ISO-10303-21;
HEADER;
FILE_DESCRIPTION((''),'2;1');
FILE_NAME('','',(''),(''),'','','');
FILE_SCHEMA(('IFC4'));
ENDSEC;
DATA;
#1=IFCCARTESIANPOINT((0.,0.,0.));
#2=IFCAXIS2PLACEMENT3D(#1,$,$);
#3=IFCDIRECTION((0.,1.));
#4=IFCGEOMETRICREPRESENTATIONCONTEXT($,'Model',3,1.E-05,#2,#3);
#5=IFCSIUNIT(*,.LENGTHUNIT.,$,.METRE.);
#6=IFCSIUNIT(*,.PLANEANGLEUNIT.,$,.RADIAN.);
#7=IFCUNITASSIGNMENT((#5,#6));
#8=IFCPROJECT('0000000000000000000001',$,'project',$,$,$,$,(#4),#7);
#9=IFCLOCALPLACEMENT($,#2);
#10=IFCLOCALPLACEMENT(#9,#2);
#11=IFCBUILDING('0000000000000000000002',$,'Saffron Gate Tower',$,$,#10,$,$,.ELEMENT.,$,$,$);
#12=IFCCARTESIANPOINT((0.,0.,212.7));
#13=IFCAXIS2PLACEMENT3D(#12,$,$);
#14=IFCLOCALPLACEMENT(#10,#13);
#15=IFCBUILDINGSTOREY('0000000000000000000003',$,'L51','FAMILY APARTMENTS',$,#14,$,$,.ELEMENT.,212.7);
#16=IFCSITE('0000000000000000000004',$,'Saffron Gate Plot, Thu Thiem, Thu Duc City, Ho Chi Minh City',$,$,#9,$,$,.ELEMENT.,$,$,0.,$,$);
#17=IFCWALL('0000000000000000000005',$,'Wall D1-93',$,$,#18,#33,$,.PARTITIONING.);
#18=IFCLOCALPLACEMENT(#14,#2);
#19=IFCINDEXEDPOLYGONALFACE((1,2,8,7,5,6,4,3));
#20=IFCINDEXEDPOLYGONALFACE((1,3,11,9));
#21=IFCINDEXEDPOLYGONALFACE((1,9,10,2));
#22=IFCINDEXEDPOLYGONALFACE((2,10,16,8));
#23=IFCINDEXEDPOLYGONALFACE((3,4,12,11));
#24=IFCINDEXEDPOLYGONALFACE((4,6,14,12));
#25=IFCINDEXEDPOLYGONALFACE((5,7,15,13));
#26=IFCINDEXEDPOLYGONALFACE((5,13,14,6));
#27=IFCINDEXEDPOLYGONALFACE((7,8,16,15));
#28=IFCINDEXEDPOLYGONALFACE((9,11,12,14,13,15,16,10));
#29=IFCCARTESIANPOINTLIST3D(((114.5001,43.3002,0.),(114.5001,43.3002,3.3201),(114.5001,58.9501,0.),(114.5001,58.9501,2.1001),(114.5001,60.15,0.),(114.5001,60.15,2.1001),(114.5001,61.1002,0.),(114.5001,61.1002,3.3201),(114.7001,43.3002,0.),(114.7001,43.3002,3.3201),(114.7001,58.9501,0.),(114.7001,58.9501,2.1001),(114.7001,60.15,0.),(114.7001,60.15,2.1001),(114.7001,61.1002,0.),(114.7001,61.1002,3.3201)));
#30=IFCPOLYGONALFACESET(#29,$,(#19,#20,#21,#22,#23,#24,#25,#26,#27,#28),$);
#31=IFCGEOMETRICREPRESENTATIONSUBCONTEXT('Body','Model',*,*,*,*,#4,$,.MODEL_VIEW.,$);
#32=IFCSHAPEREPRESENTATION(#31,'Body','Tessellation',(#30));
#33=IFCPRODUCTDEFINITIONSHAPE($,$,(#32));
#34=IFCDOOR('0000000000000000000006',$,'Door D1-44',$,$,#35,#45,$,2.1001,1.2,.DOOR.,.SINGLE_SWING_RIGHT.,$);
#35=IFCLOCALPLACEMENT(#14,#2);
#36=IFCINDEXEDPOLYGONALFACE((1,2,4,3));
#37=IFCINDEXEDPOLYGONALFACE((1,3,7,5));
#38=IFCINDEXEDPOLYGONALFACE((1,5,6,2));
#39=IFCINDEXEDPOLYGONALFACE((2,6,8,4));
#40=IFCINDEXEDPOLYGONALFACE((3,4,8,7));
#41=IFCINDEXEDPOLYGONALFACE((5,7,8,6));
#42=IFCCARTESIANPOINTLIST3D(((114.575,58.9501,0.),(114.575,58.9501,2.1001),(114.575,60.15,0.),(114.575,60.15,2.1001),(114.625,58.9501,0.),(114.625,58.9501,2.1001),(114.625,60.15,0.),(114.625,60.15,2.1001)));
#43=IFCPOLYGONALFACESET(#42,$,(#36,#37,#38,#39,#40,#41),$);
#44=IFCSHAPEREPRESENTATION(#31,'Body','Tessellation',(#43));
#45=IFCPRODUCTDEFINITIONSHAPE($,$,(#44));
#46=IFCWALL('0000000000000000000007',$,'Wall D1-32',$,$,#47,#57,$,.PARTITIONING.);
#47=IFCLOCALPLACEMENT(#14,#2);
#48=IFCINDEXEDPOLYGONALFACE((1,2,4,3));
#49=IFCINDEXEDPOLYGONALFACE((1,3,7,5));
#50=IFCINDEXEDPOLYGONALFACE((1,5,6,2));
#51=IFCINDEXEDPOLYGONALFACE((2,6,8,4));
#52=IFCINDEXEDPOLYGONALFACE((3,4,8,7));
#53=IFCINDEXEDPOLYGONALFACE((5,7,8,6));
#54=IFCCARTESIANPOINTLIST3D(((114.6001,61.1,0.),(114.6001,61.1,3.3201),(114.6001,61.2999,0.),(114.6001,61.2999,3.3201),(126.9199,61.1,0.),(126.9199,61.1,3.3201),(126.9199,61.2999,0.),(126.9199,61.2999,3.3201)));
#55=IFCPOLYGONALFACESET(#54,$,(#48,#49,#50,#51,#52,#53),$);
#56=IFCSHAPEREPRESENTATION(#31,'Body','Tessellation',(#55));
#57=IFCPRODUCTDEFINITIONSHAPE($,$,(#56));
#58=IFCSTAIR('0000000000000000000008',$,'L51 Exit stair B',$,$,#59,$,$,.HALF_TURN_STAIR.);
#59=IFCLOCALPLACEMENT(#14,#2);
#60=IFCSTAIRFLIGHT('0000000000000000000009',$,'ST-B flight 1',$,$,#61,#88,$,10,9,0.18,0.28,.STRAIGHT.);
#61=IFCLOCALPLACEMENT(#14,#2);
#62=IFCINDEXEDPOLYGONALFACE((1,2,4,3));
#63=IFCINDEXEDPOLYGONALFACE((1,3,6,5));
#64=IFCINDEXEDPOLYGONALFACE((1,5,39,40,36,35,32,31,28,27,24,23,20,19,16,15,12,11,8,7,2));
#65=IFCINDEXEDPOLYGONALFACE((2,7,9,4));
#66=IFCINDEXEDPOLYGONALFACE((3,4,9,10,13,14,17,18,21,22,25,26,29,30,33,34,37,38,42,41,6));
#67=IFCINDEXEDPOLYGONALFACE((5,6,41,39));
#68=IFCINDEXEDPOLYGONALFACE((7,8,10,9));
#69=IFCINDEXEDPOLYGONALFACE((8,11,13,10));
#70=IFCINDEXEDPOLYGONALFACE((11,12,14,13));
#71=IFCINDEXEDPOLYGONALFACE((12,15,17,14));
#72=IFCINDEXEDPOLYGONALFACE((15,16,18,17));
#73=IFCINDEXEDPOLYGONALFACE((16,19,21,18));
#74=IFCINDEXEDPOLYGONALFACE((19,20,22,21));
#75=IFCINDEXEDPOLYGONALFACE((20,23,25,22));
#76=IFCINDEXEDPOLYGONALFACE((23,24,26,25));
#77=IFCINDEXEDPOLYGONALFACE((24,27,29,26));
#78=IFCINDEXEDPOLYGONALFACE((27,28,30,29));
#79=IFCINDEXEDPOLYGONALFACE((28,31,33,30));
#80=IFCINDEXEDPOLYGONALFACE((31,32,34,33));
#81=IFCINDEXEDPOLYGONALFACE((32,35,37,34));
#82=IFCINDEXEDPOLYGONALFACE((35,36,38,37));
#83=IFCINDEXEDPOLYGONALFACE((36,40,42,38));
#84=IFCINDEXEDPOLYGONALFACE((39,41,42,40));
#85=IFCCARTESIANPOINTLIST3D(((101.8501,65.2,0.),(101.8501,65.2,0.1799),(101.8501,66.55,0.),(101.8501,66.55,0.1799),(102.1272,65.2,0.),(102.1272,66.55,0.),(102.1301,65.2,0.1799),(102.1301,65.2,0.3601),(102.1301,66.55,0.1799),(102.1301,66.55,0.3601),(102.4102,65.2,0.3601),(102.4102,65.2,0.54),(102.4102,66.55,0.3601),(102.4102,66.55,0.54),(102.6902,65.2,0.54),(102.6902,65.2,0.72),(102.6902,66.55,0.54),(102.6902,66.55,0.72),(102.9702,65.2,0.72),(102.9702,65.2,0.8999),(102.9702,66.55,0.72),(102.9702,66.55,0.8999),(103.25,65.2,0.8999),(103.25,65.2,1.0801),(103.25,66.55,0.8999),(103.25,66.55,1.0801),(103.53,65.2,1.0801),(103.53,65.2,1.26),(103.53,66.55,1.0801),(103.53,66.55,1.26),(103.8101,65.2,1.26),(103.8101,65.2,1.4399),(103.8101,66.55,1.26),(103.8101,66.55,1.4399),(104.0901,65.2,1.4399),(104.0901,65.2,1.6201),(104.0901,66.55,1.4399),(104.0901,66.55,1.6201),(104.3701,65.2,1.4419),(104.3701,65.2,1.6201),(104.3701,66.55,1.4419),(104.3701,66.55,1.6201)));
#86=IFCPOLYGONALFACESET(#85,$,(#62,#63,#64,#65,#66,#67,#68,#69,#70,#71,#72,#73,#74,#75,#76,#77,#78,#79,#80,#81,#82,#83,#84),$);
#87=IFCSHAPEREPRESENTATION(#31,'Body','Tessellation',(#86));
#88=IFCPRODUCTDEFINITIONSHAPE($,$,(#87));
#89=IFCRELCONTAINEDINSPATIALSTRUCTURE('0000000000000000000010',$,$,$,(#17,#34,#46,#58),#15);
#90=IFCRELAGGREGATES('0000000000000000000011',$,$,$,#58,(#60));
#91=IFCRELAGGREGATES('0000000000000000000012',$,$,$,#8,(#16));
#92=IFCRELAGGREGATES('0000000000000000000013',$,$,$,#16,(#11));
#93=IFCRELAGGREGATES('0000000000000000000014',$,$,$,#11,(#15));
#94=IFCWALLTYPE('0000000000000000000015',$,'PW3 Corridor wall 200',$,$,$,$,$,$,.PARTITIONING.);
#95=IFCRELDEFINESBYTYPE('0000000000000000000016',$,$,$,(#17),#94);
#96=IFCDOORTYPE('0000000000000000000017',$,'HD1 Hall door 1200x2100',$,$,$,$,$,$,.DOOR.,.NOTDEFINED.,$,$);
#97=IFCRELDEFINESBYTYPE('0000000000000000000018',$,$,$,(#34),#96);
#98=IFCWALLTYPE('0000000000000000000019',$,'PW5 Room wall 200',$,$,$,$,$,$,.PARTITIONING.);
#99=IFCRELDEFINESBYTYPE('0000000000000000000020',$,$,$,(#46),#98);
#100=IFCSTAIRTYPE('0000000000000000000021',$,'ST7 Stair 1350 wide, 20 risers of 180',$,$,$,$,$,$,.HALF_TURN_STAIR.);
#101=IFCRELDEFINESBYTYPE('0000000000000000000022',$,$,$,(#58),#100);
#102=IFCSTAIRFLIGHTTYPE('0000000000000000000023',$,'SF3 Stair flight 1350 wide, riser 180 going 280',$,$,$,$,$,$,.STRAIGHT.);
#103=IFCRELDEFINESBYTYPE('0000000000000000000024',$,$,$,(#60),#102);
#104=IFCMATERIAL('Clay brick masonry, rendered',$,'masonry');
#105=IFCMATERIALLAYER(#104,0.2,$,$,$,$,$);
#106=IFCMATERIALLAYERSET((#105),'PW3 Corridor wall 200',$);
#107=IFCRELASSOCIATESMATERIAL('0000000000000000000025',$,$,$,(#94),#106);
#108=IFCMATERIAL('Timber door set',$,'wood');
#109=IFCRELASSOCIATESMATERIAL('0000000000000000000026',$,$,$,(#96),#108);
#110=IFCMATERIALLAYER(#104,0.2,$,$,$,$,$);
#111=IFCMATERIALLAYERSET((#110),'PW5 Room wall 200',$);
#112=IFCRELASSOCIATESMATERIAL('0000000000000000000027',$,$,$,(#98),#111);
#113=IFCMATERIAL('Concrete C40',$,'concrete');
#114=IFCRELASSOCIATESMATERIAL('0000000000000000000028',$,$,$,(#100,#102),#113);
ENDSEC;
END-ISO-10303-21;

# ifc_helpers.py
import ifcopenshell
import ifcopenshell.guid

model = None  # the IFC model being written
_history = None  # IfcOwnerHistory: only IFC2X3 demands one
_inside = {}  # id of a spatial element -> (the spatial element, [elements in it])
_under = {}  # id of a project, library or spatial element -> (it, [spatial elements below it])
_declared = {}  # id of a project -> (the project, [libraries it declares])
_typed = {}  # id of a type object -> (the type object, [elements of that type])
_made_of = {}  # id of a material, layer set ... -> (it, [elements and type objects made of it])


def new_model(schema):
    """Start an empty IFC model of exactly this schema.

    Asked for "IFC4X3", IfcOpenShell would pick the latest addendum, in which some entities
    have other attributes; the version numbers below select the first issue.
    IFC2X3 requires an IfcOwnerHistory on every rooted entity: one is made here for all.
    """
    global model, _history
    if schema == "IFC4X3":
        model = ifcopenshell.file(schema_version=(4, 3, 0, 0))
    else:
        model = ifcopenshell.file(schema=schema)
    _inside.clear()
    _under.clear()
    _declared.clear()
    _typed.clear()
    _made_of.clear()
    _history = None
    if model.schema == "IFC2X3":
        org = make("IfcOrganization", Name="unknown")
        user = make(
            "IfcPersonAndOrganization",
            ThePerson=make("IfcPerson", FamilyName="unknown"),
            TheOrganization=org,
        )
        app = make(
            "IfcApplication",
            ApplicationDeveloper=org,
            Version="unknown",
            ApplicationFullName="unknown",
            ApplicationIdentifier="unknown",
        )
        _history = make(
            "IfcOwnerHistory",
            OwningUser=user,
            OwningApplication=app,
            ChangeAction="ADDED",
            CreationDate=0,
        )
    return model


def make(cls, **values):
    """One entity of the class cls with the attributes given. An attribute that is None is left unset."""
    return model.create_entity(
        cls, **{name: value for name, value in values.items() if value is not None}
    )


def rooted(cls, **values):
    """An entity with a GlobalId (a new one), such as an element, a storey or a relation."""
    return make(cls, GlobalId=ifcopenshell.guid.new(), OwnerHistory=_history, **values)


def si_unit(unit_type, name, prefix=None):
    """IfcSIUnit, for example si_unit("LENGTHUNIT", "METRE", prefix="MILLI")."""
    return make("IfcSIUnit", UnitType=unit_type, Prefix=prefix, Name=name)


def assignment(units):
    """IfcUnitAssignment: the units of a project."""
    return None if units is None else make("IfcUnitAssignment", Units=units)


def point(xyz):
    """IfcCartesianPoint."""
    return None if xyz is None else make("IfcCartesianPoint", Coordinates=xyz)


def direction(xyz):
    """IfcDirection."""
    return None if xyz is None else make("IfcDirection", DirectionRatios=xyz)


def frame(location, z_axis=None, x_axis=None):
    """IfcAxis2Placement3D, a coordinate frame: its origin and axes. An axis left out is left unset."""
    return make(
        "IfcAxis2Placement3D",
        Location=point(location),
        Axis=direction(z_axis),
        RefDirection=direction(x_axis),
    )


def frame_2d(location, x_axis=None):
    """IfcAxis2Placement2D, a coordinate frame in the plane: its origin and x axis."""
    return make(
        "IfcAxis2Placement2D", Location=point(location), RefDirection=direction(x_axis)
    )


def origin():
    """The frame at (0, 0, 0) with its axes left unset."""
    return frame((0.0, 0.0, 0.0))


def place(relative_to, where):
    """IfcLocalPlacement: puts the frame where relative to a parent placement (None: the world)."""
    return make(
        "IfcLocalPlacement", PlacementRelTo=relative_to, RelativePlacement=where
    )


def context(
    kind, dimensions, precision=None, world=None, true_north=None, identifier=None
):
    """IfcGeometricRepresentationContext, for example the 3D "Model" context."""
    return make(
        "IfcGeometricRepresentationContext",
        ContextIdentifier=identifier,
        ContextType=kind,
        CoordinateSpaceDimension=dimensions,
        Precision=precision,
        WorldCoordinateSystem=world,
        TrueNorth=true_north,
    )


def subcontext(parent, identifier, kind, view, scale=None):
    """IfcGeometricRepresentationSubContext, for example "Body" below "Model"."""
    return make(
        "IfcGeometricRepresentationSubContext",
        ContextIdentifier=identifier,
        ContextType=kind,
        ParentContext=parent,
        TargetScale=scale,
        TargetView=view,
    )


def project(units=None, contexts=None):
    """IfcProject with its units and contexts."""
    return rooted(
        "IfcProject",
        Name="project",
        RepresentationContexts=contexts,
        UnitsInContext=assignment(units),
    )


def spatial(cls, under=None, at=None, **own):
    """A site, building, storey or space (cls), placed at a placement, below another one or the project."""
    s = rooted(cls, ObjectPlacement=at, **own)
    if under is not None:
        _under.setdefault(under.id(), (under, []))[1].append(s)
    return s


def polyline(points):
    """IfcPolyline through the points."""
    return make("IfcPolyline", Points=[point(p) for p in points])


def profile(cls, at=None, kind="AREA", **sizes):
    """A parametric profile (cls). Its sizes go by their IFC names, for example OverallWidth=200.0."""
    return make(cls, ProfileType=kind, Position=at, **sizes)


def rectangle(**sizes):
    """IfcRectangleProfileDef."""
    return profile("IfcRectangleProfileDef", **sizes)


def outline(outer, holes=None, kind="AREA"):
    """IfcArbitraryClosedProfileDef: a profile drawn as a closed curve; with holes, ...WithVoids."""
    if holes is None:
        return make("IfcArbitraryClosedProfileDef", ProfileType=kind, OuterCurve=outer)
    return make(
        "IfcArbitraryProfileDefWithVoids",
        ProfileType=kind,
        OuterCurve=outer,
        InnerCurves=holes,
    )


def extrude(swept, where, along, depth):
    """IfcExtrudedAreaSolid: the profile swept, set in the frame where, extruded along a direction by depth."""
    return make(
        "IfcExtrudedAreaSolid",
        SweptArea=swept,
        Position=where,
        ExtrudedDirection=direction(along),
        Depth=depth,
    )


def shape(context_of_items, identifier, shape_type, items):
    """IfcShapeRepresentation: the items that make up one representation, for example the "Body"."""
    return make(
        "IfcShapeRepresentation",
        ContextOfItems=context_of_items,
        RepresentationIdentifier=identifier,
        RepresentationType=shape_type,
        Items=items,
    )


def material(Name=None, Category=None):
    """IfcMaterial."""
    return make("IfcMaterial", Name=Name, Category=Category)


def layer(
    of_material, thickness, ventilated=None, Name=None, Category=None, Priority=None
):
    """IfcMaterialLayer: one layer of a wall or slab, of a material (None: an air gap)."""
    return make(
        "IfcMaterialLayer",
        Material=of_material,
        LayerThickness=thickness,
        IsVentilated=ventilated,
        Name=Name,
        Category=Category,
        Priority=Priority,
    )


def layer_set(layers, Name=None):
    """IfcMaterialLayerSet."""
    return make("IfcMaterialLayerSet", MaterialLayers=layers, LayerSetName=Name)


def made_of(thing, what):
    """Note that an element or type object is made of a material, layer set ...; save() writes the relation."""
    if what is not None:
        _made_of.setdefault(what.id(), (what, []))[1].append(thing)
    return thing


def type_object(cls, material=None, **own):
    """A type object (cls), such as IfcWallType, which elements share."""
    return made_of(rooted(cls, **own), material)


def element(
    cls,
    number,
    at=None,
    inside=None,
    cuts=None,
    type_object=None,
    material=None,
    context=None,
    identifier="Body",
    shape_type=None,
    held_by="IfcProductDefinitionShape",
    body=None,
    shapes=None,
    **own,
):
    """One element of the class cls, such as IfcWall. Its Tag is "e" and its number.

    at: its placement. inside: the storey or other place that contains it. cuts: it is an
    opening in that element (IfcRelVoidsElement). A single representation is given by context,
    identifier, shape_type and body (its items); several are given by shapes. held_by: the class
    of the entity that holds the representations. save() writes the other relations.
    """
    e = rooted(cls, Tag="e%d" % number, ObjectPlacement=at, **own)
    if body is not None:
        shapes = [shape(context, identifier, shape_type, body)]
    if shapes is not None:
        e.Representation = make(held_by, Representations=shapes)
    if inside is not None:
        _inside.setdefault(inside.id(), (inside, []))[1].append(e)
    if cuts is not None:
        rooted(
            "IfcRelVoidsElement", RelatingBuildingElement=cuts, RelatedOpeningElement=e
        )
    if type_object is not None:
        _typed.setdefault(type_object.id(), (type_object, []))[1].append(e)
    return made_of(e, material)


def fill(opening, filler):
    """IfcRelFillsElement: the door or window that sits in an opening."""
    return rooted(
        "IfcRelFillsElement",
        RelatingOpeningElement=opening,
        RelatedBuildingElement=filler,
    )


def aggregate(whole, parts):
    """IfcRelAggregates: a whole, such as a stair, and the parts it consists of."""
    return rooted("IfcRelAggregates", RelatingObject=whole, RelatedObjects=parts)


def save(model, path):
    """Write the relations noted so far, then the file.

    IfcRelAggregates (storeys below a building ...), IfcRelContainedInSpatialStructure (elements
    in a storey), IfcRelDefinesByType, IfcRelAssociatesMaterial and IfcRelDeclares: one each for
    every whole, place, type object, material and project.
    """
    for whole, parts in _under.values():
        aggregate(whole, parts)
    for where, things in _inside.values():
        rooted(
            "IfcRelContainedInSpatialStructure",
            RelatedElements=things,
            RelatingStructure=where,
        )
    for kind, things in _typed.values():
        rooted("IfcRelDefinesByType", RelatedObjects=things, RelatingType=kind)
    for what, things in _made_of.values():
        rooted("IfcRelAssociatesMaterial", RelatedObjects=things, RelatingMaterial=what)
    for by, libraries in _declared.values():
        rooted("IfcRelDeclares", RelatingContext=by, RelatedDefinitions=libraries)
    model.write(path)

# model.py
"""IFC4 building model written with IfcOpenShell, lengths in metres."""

from ifc_helpers import new_model, si_unit, direction, frame, frame_2d, origin, place, context, subcontext, project, spatial, polyline, rectangle, outline, extrude, material, layer, layer_set, type_object, element, fill, aggregate, save


model = new_model("IFC4")

# Units and contexts
model_context = context("Model", 3, precision=1e-05, world=origin(), true_north=direction((0.0, 1.0)))
body_context = subcontext(model_context, "Body", "Model", "MODEL_VIEW")
ifc_project = project(units=[si_unit("LENGTHUNIT", "METRE"), si_unit("PLANEANGLEUNIT", "RADIAN")], contexts=[model_context])

# Site, building, storey
site_placement = place(None, origin())
site = spatial("IfcSite", under=ifc_project, at=site_placement, Name="Saffron Gate Plot, Thu Thiem, Thu Duc City, Ho Chi Minh City", CompositionType="ELEMENT", RefElevation=0.0)
building_placement = place(site_placement, origin())
building = spatial("IfcBuilding", under=site, at=building_placement, Name="Saffron Gate Tower", CompositionType="ELEMENT")
storey_placement = place(building_placement, frame((0.0, 0.0, 212.7)))
storey = spatial("IfcBuildingStorey", under=building, at=storey_placement, Name="L51", Description="FAMILY APARTMENTS", CompositionType="ELEMENT", Elevation=212.7)

# Shared definitions
ifc_material_1 = material(Name="Timber door set", Category="wood")

# Shared definitions
ifc_material_2 = material(Name="Clay brick masonry, rendered", Category="masonry")
ifc_layer_1 = layer(ifc_material_2, 0.2)
ifc_layer_set_1 = layer_set([ifc_layer_1], Name="PW3 Corridor wall 200")
wall_type_1 = type_object("IfcWallType", Name="PW3 Corridor wall 200", PredefinedType="PARTITIONING", material=ifc_layer_set_1)

# Wall, opening, door
wall_1_placement = place(storey_placement, frame((114.6001, 61.1001, 0.0), z_axis=(0.0, 0.0, 1.0), x_axis=(0.0, -1.0, 0.0)))
wall_1 = element("IfcWall", 1, at=wall_1_placement, inside=storey, type_object=wall_type_1, Name="Wall D1-93", PredefinedType="PARTITIONING", context=body_context, shape_type="SweptSolid", body=[
    extrude(rectangle(XDim=17.8, YDim=0.2, at=frame_2d((8.8999, 0.0))), origin(), (0.0, 0.0, 1.0), 3.3201),
])
opening_1_placement = place(wall_1_placement, frame((0.95, 0.0, 0.0)))
opening_1 = element("IfcOpeningElement", 2, at=opening_1_placement, cuts=wall_1, PredefinedType="OPENING", context=body_context, shape_type="SweptSolid", body=[
    extrude(rectangle(XDim=1.2, YDim=2.1001, at=frame_2d((0.6001, 1.05))), frame((0.0, 0.1099, 0.0), z_axis=(0.0, -1.0, 0.0), x_axis=(1.0, 0.0, 0.0)), (0.0, 0.0, 1.0), 0.22),
])
door_type_1 = type_object("IfcDoorType", Name="HD1 Hall door 1200x2100", OperationType="NOTDEFINED", PredefinedType="DOOR", material=ifc_material_1)
door_1_placement = place(opening_1_placement, origin())
door_1 = element("IfcDoor", 3, at=door_1_placement, inside=storey, type_object=door_type_1, Name="Door D1-44", OperationType="SINGLE_SWING_RIGHT", OverallHeight=2.1001, OverallWidth=1.2, PredefinedType="DOOR", context=body_context, shape_type="SweptSolid", body=[
    extrude(rectangle(XDim=1.2, YDim=2.1001, at=frame_2d((0.6001, 1.05))), frame((0.0, 0.0249, 0.0), z_axis=(0.0, -1.0, 0.0), x_axis=(1.0, 0.0, 0.0)), (0.0, 0.0, 1.0), 0.05),
])
fill(opening_1, door_1)

# Wall
ifc_layer_2 = layer(ifc_material_2, 0.2)
ifc_layer_set_2 = layer_set([ifc_layer_2], Name="PW5 Room wall 200")
wall_type_2 = type_object("IfcWallType", Name="PW5 Room wall 200", PredefinedType="PARTITIONING", material=ifc_layer_set_2)
wall_2_placement = place(storey_placement, frame((114.6001, 61.2, 0.0), z_axis=(0.0, 0.0, 1.0), x_axis=(1.0, 0.0, 0.0)))
element("IfcWall", 4, at=wall_2_placement, inside=storey, type_object=wall_type_2, Name="Wall D1-32", PredefinedType="PARTITIONING", context=body_context, shape_type="SweptSolid", body=[
    extrude(rectangle(XDim=12.3198, YDim=0.2, at=frame_2d((6.1599, 0.0))), origin(), (0.0, 0.0, 1.0), 3.3201),
])

# Stair, stair flight
ifc_material_3 = material(Name="Concrete C40", Category="concrete")
stair_type = type_object("IfcStairType", Name="ST7 Stair 1350 wide, 20 risers of 180", PredefinedType="HALF_TURN_STAIR", material=ifc_material_3)
stair_placement = place(storey_placement, origin())
stair = element("IfcStair", 5, at=stair_placement, inside=storey, type_object=stair_type, Name="L51 Exit stair B", PredefinedType="HALF_TURN_STAIR")
stair_flight_type = type_object("IfcStairFlightType", Name="SF3 Stair flight 1350 wide, riser 180 going 280", PredefinedType="STRAIGHT", material=ifc_material_3)
stair_flight_placement = place(storey_placement, frame((101.8501, 65.875, 0.0), z_axis=(0.0, 0.0, 1.0), x_axis=(1.0, 0.0, 0.0)))
stair_flight = element("IfcStairFlight", 6, at=stair_flight_placement, type_object=stair_flight_type, Name="ST-B flight 1", NumberOfRisers=10, NumberOfTreads=9, PredefinedType="STRAIGHT", RiserHeight=0.18, TreadLength=0.28, context=body_context, shape_type="SweptSolid", body=[
    extrude(outline(polyline([(0.0, 0.0), (0.0, 0.1799), (0.28, 0.1799), (0.28, 0.3601), (0.5601, 0.3601), (0.5601, 0.54), (0.8401, 0.54), (0.8401, 0.72), (1.1201, 0.72), (1.1201, 0.8999), (1.3999, 0.8999), (1.3999, 1.0801), (1.6799, 1.0801), (1.6799, 1.26), (1.96, 1.26), (1.96, 1.4399), (2.24, 1.4399), (2.24, 1.6201), (2.52, 1.6201), (2.52, 1.8), (2.52, 1.4419), (0.2771, 0.0), (0.0, 0.0)])), frame((0.0, 0.675, 0.0), z_axis=(0.0, -1.0, 0.0), x_axis=(1.0, 0.0, 0.0)), (0.0, 0.0, 1.0), 1.3501),
])
aggregate(stair, [stair_flight])

save(model, "model.ifc")
